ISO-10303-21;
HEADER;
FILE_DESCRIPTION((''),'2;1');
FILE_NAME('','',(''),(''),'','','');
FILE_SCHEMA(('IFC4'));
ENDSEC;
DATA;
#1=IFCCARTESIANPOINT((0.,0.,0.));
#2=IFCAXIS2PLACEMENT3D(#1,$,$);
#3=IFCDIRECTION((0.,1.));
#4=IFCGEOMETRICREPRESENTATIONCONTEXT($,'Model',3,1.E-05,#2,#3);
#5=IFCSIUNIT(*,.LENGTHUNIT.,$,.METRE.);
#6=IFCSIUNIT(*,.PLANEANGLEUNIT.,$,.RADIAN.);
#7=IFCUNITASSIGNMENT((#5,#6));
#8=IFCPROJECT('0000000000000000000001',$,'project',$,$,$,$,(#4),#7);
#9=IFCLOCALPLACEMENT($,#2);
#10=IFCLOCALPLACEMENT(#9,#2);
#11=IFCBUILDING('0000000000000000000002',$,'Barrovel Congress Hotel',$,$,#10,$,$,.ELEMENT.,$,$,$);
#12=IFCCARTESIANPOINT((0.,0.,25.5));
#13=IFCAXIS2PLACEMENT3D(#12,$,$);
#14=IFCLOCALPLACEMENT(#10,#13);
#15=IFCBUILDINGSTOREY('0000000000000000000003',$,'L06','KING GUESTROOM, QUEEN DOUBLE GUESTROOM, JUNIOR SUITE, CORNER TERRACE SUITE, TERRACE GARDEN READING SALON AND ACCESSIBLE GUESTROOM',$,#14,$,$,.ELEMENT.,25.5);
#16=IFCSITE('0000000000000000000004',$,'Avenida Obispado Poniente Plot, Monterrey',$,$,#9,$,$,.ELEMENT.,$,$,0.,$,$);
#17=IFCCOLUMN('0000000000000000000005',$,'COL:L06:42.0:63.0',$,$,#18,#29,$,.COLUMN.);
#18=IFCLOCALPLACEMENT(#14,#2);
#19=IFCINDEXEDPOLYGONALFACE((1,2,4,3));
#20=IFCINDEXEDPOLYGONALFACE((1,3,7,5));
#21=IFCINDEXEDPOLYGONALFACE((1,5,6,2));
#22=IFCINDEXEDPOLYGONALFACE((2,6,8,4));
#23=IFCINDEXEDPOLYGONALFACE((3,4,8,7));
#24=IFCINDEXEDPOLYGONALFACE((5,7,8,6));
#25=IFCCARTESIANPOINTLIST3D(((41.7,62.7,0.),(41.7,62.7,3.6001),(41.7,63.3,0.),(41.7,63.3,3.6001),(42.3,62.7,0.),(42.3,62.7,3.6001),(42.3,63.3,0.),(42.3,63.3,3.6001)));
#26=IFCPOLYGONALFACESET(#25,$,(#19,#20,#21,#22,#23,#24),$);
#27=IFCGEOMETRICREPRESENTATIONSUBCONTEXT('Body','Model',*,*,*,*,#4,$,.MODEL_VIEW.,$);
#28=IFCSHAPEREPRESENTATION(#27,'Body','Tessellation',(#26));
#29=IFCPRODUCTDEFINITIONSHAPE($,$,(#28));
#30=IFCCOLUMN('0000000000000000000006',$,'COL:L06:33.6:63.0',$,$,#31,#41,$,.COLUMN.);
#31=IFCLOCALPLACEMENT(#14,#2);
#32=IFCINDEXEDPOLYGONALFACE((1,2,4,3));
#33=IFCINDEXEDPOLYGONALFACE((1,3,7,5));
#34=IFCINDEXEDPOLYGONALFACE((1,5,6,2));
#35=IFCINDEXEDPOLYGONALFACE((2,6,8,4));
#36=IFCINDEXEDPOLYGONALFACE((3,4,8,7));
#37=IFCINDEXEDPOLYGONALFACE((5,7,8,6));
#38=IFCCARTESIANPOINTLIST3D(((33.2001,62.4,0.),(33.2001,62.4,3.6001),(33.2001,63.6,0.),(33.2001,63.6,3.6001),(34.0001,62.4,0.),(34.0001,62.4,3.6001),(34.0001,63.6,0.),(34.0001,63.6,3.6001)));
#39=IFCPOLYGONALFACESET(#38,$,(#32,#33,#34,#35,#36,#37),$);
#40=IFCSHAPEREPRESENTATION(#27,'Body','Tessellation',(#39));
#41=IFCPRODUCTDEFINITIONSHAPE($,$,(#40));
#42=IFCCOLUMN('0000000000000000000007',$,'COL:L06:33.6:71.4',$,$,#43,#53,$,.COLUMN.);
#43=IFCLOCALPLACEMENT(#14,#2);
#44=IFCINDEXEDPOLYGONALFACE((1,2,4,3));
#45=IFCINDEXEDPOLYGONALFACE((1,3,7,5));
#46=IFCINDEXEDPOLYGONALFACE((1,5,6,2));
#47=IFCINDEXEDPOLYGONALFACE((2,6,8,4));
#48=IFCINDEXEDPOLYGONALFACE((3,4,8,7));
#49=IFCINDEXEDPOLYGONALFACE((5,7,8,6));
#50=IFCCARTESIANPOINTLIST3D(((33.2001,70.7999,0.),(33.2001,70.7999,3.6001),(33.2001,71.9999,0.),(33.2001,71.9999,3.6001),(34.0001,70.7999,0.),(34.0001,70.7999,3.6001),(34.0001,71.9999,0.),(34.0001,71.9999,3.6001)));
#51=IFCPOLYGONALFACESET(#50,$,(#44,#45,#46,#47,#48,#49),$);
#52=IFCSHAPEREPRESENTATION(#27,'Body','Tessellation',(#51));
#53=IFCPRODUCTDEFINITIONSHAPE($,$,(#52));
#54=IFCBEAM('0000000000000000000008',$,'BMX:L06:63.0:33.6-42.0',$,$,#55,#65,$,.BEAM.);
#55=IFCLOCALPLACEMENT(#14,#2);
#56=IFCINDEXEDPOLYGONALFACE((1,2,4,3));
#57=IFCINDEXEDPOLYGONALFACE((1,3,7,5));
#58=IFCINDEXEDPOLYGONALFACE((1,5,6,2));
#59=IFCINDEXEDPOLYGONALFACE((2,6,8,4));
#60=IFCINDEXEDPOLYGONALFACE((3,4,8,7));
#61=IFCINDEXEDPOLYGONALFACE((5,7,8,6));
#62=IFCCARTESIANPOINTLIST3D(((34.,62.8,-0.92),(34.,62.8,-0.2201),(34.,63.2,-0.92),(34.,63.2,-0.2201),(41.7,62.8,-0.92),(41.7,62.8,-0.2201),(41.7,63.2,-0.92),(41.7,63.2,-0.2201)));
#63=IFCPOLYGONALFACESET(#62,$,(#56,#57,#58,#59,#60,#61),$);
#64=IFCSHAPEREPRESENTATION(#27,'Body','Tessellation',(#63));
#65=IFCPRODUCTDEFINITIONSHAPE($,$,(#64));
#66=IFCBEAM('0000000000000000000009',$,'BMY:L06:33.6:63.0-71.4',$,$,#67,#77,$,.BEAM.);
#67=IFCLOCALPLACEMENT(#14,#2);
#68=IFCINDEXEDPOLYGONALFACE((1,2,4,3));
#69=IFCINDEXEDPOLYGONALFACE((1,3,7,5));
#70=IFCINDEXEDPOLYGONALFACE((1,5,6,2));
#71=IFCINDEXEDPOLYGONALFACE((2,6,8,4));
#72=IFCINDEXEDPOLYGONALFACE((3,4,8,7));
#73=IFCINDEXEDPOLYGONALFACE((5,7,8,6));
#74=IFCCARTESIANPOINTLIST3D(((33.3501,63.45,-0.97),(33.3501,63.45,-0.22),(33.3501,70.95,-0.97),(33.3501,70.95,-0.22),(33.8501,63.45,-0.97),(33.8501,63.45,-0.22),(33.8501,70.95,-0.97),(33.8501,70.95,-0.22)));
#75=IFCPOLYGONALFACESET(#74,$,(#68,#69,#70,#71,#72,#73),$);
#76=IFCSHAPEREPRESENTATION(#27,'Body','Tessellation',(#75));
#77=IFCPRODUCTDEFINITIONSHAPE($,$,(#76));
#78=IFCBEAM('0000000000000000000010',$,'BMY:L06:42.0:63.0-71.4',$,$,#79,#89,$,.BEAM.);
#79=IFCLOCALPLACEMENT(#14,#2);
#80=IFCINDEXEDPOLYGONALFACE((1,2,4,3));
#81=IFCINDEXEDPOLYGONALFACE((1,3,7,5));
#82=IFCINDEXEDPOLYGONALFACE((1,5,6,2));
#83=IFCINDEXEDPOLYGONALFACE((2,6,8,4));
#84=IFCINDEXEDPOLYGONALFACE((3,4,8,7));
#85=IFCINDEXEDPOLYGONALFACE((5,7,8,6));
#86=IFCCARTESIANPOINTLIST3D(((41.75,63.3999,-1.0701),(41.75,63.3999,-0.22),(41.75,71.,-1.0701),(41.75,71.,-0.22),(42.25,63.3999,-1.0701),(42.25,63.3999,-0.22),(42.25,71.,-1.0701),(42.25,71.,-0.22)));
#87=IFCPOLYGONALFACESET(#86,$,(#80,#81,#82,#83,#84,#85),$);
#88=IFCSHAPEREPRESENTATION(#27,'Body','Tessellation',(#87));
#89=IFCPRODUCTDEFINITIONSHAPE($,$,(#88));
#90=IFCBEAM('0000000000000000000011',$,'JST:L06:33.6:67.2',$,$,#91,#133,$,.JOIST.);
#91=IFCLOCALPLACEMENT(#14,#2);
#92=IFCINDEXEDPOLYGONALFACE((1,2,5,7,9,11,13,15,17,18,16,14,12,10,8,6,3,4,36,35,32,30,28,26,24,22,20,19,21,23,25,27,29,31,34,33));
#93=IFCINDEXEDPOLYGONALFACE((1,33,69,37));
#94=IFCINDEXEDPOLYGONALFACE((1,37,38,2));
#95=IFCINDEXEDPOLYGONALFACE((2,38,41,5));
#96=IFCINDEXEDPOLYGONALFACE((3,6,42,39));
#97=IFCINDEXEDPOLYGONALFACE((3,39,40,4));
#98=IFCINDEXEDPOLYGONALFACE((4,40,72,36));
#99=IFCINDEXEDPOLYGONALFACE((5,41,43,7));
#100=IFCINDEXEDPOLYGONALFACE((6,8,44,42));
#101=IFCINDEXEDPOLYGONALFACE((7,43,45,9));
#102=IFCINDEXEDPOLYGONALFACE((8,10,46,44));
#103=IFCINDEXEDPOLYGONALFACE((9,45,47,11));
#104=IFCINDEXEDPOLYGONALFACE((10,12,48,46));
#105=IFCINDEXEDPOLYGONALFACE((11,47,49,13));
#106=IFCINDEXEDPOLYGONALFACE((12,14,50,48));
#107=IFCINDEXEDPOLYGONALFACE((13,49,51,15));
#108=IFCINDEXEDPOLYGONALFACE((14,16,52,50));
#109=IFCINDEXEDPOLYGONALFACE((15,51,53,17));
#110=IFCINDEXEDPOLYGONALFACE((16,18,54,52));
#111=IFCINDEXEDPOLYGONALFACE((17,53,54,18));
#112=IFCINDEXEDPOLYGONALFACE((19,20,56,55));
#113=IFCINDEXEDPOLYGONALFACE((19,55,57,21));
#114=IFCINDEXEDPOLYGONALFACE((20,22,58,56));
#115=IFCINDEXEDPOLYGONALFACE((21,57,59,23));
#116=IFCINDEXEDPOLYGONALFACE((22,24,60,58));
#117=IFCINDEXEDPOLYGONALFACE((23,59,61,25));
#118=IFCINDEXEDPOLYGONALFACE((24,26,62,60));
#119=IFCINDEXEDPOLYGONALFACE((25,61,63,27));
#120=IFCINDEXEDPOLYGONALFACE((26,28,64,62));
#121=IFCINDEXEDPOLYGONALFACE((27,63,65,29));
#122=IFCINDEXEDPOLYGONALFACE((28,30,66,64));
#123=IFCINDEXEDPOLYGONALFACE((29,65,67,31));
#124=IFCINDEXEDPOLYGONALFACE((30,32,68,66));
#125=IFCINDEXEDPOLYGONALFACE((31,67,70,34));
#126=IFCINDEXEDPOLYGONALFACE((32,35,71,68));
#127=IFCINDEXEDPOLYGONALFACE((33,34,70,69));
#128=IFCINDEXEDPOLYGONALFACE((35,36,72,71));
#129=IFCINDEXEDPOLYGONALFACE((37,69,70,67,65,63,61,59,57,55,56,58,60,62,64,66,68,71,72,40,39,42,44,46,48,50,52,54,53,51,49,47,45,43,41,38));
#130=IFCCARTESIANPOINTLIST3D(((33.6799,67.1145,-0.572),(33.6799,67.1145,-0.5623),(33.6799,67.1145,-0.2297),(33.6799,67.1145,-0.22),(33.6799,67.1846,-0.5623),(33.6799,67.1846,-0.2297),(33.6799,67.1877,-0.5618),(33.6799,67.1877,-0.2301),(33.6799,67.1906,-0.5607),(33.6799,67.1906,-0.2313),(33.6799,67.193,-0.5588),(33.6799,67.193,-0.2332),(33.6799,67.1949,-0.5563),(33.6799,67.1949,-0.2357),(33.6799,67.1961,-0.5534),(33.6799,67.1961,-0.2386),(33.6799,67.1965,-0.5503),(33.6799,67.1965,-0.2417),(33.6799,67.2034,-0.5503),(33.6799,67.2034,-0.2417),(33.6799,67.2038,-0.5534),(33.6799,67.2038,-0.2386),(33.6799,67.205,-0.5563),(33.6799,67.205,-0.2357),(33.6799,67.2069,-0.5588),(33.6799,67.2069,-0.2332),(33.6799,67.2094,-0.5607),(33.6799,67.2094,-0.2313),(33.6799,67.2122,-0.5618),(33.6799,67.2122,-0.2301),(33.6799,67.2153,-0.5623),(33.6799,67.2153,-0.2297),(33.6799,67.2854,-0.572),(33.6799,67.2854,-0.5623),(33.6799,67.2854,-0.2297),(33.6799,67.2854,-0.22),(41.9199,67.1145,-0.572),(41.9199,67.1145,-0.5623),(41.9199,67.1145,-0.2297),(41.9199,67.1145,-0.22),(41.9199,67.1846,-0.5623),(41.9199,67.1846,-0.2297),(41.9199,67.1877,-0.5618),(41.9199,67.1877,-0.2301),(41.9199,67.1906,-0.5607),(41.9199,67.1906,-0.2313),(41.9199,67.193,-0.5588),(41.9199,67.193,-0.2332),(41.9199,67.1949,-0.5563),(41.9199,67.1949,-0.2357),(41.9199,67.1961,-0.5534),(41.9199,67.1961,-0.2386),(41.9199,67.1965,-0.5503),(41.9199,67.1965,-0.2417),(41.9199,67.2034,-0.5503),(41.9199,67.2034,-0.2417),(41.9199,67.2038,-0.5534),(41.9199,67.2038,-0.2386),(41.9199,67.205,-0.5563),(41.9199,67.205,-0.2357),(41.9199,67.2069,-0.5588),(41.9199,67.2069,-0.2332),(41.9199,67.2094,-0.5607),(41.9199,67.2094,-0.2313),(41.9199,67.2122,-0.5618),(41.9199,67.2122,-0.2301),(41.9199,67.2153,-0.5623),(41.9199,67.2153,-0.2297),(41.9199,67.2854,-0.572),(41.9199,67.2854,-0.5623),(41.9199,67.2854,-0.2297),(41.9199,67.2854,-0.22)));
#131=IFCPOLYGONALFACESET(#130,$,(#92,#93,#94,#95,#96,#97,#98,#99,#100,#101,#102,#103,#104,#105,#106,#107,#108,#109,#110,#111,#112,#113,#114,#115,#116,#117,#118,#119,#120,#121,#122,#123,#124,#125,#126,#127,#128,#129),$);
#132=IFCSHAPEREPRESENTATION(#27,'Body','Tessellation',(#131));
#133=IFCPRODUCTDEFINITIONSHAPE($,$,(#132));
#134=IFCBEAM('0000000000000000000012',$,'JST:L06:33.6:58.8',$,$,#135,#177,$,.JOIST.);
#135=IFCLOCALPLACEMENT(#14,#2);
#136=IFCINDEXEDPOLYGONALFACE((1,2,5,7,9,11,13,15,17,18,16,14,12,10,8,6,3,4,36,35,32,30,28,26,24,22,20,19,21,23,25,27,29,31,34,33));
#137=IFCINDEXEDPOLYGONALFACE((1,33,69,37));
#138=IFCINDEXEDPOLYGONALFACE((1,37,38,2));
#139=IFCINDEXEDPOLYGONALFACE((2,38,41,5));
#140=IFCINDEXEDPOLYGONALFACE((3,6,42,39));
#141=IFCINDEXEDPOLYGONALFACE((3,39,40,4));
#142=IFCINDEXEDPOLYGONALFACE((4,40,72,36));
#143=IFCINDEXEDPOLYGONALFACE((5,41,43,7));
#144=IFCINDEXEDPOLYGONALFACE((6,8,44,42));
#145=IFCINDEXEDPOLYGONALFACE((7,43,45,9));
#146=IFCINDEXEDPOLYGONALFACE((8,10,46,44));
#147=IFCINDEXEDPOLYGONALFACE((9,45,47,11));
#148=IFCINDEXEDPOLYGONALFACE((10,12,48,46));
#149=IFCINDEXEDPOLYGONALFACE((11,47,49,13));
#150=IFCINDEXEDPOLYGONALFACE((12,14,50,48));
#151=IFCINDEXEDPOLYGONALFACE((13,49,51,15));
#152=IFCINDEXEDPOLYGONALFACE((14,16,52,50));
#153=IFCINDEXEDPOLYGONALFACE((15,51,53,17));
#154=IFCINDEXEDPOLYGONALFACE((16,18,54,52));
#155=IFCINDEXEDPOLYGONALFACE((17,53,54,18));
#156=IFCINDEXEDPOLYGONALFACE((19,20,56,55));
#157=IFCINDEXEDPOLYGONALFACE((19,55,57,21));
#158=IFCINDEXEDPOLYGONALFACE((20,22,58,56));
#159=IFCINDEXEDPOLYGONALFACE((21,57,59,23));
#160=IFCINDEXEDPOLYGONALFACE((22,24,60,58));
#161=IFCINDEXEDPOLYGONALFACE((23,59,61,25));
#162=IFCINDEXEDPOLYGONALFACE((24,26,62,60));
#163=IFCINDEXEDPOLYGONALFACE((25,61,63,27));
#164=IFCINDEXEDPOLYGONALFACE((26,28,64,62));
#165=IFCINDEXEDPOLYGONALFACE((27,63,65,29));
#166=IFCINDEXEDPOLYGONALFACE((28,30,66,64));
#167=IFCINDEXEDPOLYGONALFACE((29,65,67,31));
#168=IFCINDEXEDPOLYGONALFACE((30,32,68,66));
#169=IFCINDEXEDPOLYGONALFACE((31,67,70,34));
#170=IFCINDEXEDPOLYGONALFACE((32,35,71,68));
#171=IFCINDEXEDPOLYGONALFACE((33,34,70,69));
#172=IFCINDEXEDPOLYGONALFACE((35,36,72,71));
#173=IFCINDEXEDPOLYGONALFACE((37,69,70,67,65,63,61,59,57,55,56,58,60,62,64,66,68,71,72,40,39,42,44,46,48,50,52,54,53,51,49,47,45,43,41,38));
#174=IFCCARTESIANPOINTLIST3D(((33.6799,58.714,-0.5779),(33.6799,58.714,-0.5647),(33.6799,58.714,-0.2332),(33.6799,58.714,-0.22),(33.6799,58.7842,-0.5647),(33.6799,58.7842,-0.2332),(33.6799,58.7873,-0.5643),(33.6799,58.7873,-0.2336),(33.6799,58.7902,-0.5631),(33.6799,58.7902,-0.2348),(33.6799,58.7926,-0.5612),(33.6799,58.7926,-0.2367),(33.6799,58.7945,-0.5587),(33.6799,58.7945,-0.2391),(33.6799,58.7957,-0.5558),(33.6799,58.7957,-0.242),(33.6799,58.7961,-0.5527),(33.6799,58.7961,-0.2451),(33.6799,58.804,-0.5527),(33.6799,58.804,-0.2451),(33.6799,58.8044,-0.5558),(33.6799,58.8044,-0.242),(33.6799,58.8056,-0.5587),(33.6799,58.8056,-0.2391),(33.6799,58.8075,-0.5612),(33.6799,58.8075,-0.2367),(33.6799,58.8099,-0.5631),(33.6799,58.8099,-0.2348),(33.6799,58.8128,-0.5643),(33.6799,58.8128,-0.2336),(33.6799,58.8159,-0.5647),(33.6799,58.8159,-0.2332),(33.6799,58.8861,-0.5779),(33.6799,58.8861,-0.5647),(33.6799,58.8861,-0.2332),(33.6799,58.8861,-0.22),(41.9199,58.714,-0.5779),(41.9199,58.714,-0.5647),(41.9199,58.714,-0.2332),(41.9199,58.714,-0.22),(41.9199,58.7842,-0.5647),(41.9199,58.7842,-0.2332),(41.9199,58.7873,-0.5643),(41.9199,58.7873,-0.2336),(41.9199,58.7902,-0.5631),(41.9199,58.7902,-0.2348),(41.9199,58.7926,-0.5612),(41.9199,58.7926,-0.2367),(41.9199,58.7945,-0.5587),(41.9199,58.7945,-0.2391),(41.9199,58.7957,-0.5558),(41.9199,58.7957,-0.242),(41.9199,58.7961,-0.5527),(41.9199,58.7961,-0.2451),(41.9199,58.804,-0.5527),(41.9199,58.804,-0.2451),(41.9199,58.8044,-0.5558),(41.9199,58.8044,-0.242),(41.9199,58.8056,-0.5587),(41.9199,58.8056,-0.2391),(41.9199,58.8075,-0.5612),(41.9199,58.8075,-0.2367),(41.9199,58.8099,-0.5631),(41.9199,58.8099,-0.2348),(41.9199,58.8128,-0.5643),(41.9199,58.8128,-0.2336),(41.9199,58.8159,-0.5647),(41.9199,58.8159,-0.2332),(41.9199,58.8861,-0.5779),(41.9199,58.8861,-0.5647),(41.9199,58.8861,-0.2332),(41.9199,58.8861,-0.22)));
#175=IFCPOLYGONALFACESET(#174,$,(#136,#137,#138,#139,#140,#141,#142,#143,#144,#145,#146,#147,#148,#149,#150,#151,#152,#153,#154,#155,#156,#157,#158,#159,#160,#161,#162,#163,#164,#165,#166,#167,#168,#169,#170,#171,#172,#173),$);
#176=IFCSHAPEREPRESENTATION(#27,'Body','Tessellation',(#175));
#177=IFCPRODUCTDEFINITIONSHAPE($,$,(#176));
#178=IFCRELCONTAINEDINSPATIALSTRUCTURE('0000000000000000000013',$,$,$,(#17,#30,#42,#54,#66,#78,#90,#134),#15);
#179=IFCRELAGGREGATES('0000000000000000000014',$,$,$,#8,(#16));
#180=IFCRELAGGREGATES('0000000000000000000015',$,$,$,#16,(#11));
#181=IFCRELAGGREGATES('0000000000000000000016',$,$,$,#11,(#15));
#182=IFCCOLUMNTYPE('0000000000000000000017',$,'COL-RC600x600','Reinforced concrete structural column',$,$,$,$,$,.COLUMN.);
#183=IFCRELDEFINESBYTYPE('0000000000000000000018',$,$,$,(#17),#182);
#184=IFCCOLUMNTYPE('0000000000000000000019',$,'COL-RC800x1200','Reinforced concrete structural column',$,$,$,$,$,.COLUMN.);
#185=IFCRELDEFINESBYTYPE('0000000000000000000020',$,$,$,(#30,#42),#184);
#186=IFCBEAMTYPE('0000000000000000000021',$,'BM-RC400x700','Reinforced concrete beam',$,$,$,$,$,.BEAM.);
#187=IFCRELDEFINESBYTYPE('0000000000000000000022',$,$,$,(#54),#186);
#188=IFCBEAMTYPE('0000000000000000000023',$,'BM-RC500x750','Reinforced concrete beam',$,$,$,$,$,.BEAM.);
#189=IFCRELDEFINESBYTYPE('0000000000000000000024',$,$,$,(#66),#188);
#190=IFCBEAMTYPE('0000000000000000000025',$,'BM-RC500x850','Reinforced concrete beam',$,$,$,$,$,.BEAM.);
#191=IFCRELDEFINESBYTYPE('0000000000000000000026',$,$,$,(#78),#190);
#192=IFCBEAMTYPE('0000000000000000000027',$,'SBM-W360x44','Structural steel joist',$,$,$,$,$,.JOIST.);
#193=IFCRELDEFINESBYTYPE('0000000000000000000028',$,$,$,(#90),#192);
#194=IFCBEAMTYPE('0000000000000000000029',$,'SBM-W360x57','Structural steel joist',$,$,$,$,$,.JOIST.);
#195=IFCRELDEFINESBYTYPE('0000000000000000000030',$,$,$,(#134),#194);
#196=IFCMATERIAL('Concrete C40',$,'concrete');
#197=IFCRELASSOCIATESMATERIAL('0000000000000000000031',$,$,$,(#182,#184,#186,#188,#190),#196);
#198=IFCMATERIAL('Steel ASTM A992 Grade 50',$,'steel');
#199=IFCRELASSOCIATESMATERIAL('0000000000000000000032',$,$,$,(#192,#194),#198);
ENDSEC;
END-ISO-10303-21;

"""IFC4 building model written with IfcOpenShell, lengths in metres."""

from ifc_helpers import new_model, si_unit, direction, frame, origin, origin_2d, place, context, subcontext, project, spatial, rectangle, i_section, extrude, material, material_profile, profile_set, type_object, element, save


model = new_model("IFC4")

# Units and contexts
model_context = context("Model", 3, precision=1e-05, world=origin(), true_north=direction((0.0, 1.0)))
body_context = subcontext(model_context, "Body", "Model", "MODEL_VIEW")
ifc_project = project(units=[si_unit("LENGTHUNIT", "METRE"), si_unit("PLANEANGLEUNIT", "RADIAN")], contexts=[model_context])

# Site, building, storey
site_placement = place(None, origin())
site = spatial("IfcSite", under=ifc_project, at=site_placement, Name="Avenida Obispado Poniente Plot, Monterrey", CompositionType="ELEMENT", RefElevation=0.0)
building_placement = place(site_placement, origin())
building = spatial("IfcBuilding", under=site, at=building_placement, Name="Barrovel Congress Hotel", CompositionType="ELEMENT")
storey_placement = place(building_placement, frame((0.0, 0.0, 25.5)))
storey = spatial("IfcBuildingStorey", under=building, at=storey_placement, Name="L06", Description="KING GUESTROOM, QUEEN DOUBLE GUESTROOM, JUNIOR SUITE, CORNER TERRACE SUITE, TERRACE GARDEN READING SALON AND ACCESSIBLE GUESTROOM", CompositionType="ELEMENT", Elevation=25.5)

# Columns
ifc_material_1 = material(Name="Concrete C40", Category="concrete")
ifc_material_profile_1 = material_profile(ifc_material_1, rectangle(XDim=0.6001, YDim=0.6001, at=origin_2d()), Name="RC600x600")
ifc_profile_set_1 = profile_set([ifc_material_profile_1], Name="Concrete C40")
column_type_1 = type_object("IfcColumnType", Name="COL-RC600x600", Description="Reinforced concrete structural column", PredefinedType="COLUMN", material=ifc_profile_set_1)
column_placement = place(storey_placement, frame((42.0, 63.0, 0.0), z_axis=(0.0, 0.0, 1.0), x_axis=(1.0, 0.0, 0.0)))
element("IfcColumn", 1, at=column_placement, inside=storey, type_object=column_type_1, Name="COL:L06:42.0:63.0", PredefinedType="COLUMN", context=body_context, shape_type="SweptSolid", body=[
    extrude(rectangle(XDim=0.6001, YDim=0.6001, at=origin_2d()), origin(), (0.0, 0.0, 1.0), 3.6001),
])
ifc_material_profile_2 = material_profile(ifc_material_1, rectangle(XDim=0.8, YDim=1.2, at=origin_2d()), Name="RC800x1200")
ifc_profile_set_2 = profile_set([ifc_material_profile_2], Name="Concrete C40")
column_type_2 = type_object("IfcColumnType", Name="COL-RC800x1200", Description="Reinforced concrete structural column", PredefinedType="COLUMN", material=ifc_profile_set_2)
for number, where, z_axis, x_axis, name in (
    (2, (33.6001, 63.0, 0.0), (0.0, 0.0, 1.0), (1.0, 0.0, 0.0), "COL:L06:33.6:63.0"),
    (3, (33.6001, 71.3999, 0.0), (0.0, 0.0, 1.0), (1.0, 0.0, 0.0), "COL:L06:33.6:71.4"),
):
    element("IfcColumn", number, at=place(storey_placement, frame(where, z_axis=z_axis, x_axis=x_axis)), inside=storey, type_object=column_type_2, Name=name, PredefinedType="COLUMN", context=body_context, shape_type="SweptSolid", body=[
        extrude(rectangle(XDim=0.8, YDim=1.2, at=origin_2d()), origin(), (0.0, 0.0, 1.0), 3.6001),
    ])

# Beams
ifc_material_profile_3 = material_profile(ifc_material_1, rectangle(XDim=0.3999, YDim=0.7, at=origin_2d()), Name="RC400x700")
ifc_profile_set_3 = profile_set([ifc_material_profile_3], Name="Concrete C40")
beam_type_1 = type_object("IfcBeamType", Name="BM-RC400x700", Description="Reinforced concrete beam", PredefinedType="BEAM", material=ifc_profile_set_3)
beam_1_placement = place(storey_placement, frame((34.0, 63.0, -0.5701), z_axis=(1.0, 0.0, 0.0), x_axis=(0.0, 1.0, 0.0)))
element("IfcBeam", 4, at=beam_1_placement, inside=storey, type_object=beam_type_1, Name="BMX:L06:63.0:33.6-42.0", PredefinedType="BEAM", context=body_context, shape_type="SweptSolid", body=[
    extrude(rectangle(XDim=0.3999, YDim=0.7, at=origin_2d()), origin(), (0.0, 0.0, 1.0), 7.7),
])
ifc_material_profile_4 = material_profile(ifc_material_1, rectangle(XDim=0.5, YDim=0.75, at=origin_2d()), Name="RC500x750")
ifc_profile_set_4 = profile_set([ifc_material_profile_4], Name="Concrete C40")
beam_type_2 = type_object("IfcBeamType", Name="BM-RC500x750", Description="Reinforced concrete beam", PredefinedType="BEAM", material=ifc_profile_set_4)
beam_2_placement = place(storey_placement, frame((33.6001, 63.45, -0.595), z_axis=(0.0, 1.0, 0.0), x_axis=(-1.0, 0.0, 0.0)))
element("IfcBeam", 5, at=beam_2_placement, inside=storey, type_object=beam_type_2, Name="BMY:L06:33.6:63.0-71.4", PredefinedType="BEAM", context=body_context, shape_type="SweptSolid", body=[
    extrude(rectangle(XDim=0.5, YDim=0.75, at=origin_2d()), origin(), (0.0, 0.0, 1.0), 7.5),
])
ifc_material_profile_5 = material_profile(ifc_material_1, rectangle(XDim=0.5, YDim=0.8501, at=origin_2d()), Name="RC500x850")
ifc_profile_set_5 = profile_set([ifc_material_profile_5], Name="Concrete C40")
beam_type_3 = type_object("IfcBeamType", Name="BM-RC500x850", Description="Reinforced concrete beam", PredefinedType="BEAM", material=ifc_profile_set_5)
beam_3_placement = place(storey_placement, frame((42.0, 63.3999, -0.645), z_axis=(0.0, 1.0, 0.0), x_axis=(-1.0, 0.0, 0.0)))
element("IfcBeam", 6, at=beam_3_placement, inside=storey, type_object=beam_type_3, Name="BMY:L06:42.0:63.0-71.4", PredefinedType="BEAM", context=body_context, shape_type="SweptSolid", body=[
    extrude(rectangle(XDim=0.5, YDim=0.8501, at=origin_2d()), origin(), (0.0, 0.0, 1.0), 7.6001),
])
ifc_material_2 = material(Name="Steel ASTM A992 Grade 50", Category="steel")
ifc_material_profile_6 = material_profile(ifc_material_2, i_section(OverallWidth=0.1709, OverallDepth=0.3521, WebThickness=0.0068, FlangeThickness=0.0098, FilletRadius=0.012, at=origin_2d()), Name="W360x44")
ifc_profile_set_6 = profile_set([ifc_material_profile_6], Name="Steel ASTM A992 Grade 50")
beam_type_4 = type_object("IfcBeamType", Name="SBM-W360x44", Description="Structural steel joist", PredefinedType="JOIST", material=ifc_profile_set_6)
beam_4_placement = place(storey_placement, frame((33.6799, 67.2, -0.396), z_axis=(1.0, 0.0, 0.0), x_axis=(0.0, 1.0, 0.0)))
element("IfcBeam", 7, at=beam_4_placement, inside=storey, type_object=beam_type_4, Name="JST:L06:33.6:67.2", PredefinedType="JOIST", context=body_context, shape_type="SweptSolid", body=[
    extrude(i_section(OverallWidth=0.1709, OverallDepth=0.3521, WebThickness=0.0068, FlangeThickness=0.0098, FilletRadius=0.012, at=origin_2d()), origin(), (0.0, 0.0, 1.0), 8.24),
])
ifc_material_profile_7 = material_profile(ifc_material_2, i_section(OverallWidth=0.1721, OverallDepth=0.3579, WebThickness=0.0078, FlangeThickness=0.0132, FilletRadius=0.012, at=origin_2d()), Name="W360x57")
ifc_profile_set_7 = profile_set([ifc_material_profile_7], Name="Steel ASTM A992 Grade 50")
beam_type_5 = type_object("IfcBeamType", Name="SBM-W360x57", Description="Structural steel joist", PredefinedType="JOIST", material=ifc_profile_set_7)
beam_5_placement = place(storey_placement, frame((33.6799, 58.8, -0.3989), z_axis=(1.0, 0.0, 0.0), x_axis=(0.0, 1.0, 0.0)))
element("IfcBeam", 8, at=beam_5_placement, inside=storey, type_object=beam_type_5, Name="JST:L06:33.6:58.8", PredefinedType="JOIST", context=body_context, shape_type="SweptSolid", body=[
    extrude(i_section(OverallWidth=0.1721, OverallDepth=0.3579, WebThickness=0.0078, FlangeThickness=0.0132, FilletRadius=0.012, at=origin_2d()), origin(), (0.0, 0.0, 1.0), 8.24),
])

save(model, "model.ifc")
